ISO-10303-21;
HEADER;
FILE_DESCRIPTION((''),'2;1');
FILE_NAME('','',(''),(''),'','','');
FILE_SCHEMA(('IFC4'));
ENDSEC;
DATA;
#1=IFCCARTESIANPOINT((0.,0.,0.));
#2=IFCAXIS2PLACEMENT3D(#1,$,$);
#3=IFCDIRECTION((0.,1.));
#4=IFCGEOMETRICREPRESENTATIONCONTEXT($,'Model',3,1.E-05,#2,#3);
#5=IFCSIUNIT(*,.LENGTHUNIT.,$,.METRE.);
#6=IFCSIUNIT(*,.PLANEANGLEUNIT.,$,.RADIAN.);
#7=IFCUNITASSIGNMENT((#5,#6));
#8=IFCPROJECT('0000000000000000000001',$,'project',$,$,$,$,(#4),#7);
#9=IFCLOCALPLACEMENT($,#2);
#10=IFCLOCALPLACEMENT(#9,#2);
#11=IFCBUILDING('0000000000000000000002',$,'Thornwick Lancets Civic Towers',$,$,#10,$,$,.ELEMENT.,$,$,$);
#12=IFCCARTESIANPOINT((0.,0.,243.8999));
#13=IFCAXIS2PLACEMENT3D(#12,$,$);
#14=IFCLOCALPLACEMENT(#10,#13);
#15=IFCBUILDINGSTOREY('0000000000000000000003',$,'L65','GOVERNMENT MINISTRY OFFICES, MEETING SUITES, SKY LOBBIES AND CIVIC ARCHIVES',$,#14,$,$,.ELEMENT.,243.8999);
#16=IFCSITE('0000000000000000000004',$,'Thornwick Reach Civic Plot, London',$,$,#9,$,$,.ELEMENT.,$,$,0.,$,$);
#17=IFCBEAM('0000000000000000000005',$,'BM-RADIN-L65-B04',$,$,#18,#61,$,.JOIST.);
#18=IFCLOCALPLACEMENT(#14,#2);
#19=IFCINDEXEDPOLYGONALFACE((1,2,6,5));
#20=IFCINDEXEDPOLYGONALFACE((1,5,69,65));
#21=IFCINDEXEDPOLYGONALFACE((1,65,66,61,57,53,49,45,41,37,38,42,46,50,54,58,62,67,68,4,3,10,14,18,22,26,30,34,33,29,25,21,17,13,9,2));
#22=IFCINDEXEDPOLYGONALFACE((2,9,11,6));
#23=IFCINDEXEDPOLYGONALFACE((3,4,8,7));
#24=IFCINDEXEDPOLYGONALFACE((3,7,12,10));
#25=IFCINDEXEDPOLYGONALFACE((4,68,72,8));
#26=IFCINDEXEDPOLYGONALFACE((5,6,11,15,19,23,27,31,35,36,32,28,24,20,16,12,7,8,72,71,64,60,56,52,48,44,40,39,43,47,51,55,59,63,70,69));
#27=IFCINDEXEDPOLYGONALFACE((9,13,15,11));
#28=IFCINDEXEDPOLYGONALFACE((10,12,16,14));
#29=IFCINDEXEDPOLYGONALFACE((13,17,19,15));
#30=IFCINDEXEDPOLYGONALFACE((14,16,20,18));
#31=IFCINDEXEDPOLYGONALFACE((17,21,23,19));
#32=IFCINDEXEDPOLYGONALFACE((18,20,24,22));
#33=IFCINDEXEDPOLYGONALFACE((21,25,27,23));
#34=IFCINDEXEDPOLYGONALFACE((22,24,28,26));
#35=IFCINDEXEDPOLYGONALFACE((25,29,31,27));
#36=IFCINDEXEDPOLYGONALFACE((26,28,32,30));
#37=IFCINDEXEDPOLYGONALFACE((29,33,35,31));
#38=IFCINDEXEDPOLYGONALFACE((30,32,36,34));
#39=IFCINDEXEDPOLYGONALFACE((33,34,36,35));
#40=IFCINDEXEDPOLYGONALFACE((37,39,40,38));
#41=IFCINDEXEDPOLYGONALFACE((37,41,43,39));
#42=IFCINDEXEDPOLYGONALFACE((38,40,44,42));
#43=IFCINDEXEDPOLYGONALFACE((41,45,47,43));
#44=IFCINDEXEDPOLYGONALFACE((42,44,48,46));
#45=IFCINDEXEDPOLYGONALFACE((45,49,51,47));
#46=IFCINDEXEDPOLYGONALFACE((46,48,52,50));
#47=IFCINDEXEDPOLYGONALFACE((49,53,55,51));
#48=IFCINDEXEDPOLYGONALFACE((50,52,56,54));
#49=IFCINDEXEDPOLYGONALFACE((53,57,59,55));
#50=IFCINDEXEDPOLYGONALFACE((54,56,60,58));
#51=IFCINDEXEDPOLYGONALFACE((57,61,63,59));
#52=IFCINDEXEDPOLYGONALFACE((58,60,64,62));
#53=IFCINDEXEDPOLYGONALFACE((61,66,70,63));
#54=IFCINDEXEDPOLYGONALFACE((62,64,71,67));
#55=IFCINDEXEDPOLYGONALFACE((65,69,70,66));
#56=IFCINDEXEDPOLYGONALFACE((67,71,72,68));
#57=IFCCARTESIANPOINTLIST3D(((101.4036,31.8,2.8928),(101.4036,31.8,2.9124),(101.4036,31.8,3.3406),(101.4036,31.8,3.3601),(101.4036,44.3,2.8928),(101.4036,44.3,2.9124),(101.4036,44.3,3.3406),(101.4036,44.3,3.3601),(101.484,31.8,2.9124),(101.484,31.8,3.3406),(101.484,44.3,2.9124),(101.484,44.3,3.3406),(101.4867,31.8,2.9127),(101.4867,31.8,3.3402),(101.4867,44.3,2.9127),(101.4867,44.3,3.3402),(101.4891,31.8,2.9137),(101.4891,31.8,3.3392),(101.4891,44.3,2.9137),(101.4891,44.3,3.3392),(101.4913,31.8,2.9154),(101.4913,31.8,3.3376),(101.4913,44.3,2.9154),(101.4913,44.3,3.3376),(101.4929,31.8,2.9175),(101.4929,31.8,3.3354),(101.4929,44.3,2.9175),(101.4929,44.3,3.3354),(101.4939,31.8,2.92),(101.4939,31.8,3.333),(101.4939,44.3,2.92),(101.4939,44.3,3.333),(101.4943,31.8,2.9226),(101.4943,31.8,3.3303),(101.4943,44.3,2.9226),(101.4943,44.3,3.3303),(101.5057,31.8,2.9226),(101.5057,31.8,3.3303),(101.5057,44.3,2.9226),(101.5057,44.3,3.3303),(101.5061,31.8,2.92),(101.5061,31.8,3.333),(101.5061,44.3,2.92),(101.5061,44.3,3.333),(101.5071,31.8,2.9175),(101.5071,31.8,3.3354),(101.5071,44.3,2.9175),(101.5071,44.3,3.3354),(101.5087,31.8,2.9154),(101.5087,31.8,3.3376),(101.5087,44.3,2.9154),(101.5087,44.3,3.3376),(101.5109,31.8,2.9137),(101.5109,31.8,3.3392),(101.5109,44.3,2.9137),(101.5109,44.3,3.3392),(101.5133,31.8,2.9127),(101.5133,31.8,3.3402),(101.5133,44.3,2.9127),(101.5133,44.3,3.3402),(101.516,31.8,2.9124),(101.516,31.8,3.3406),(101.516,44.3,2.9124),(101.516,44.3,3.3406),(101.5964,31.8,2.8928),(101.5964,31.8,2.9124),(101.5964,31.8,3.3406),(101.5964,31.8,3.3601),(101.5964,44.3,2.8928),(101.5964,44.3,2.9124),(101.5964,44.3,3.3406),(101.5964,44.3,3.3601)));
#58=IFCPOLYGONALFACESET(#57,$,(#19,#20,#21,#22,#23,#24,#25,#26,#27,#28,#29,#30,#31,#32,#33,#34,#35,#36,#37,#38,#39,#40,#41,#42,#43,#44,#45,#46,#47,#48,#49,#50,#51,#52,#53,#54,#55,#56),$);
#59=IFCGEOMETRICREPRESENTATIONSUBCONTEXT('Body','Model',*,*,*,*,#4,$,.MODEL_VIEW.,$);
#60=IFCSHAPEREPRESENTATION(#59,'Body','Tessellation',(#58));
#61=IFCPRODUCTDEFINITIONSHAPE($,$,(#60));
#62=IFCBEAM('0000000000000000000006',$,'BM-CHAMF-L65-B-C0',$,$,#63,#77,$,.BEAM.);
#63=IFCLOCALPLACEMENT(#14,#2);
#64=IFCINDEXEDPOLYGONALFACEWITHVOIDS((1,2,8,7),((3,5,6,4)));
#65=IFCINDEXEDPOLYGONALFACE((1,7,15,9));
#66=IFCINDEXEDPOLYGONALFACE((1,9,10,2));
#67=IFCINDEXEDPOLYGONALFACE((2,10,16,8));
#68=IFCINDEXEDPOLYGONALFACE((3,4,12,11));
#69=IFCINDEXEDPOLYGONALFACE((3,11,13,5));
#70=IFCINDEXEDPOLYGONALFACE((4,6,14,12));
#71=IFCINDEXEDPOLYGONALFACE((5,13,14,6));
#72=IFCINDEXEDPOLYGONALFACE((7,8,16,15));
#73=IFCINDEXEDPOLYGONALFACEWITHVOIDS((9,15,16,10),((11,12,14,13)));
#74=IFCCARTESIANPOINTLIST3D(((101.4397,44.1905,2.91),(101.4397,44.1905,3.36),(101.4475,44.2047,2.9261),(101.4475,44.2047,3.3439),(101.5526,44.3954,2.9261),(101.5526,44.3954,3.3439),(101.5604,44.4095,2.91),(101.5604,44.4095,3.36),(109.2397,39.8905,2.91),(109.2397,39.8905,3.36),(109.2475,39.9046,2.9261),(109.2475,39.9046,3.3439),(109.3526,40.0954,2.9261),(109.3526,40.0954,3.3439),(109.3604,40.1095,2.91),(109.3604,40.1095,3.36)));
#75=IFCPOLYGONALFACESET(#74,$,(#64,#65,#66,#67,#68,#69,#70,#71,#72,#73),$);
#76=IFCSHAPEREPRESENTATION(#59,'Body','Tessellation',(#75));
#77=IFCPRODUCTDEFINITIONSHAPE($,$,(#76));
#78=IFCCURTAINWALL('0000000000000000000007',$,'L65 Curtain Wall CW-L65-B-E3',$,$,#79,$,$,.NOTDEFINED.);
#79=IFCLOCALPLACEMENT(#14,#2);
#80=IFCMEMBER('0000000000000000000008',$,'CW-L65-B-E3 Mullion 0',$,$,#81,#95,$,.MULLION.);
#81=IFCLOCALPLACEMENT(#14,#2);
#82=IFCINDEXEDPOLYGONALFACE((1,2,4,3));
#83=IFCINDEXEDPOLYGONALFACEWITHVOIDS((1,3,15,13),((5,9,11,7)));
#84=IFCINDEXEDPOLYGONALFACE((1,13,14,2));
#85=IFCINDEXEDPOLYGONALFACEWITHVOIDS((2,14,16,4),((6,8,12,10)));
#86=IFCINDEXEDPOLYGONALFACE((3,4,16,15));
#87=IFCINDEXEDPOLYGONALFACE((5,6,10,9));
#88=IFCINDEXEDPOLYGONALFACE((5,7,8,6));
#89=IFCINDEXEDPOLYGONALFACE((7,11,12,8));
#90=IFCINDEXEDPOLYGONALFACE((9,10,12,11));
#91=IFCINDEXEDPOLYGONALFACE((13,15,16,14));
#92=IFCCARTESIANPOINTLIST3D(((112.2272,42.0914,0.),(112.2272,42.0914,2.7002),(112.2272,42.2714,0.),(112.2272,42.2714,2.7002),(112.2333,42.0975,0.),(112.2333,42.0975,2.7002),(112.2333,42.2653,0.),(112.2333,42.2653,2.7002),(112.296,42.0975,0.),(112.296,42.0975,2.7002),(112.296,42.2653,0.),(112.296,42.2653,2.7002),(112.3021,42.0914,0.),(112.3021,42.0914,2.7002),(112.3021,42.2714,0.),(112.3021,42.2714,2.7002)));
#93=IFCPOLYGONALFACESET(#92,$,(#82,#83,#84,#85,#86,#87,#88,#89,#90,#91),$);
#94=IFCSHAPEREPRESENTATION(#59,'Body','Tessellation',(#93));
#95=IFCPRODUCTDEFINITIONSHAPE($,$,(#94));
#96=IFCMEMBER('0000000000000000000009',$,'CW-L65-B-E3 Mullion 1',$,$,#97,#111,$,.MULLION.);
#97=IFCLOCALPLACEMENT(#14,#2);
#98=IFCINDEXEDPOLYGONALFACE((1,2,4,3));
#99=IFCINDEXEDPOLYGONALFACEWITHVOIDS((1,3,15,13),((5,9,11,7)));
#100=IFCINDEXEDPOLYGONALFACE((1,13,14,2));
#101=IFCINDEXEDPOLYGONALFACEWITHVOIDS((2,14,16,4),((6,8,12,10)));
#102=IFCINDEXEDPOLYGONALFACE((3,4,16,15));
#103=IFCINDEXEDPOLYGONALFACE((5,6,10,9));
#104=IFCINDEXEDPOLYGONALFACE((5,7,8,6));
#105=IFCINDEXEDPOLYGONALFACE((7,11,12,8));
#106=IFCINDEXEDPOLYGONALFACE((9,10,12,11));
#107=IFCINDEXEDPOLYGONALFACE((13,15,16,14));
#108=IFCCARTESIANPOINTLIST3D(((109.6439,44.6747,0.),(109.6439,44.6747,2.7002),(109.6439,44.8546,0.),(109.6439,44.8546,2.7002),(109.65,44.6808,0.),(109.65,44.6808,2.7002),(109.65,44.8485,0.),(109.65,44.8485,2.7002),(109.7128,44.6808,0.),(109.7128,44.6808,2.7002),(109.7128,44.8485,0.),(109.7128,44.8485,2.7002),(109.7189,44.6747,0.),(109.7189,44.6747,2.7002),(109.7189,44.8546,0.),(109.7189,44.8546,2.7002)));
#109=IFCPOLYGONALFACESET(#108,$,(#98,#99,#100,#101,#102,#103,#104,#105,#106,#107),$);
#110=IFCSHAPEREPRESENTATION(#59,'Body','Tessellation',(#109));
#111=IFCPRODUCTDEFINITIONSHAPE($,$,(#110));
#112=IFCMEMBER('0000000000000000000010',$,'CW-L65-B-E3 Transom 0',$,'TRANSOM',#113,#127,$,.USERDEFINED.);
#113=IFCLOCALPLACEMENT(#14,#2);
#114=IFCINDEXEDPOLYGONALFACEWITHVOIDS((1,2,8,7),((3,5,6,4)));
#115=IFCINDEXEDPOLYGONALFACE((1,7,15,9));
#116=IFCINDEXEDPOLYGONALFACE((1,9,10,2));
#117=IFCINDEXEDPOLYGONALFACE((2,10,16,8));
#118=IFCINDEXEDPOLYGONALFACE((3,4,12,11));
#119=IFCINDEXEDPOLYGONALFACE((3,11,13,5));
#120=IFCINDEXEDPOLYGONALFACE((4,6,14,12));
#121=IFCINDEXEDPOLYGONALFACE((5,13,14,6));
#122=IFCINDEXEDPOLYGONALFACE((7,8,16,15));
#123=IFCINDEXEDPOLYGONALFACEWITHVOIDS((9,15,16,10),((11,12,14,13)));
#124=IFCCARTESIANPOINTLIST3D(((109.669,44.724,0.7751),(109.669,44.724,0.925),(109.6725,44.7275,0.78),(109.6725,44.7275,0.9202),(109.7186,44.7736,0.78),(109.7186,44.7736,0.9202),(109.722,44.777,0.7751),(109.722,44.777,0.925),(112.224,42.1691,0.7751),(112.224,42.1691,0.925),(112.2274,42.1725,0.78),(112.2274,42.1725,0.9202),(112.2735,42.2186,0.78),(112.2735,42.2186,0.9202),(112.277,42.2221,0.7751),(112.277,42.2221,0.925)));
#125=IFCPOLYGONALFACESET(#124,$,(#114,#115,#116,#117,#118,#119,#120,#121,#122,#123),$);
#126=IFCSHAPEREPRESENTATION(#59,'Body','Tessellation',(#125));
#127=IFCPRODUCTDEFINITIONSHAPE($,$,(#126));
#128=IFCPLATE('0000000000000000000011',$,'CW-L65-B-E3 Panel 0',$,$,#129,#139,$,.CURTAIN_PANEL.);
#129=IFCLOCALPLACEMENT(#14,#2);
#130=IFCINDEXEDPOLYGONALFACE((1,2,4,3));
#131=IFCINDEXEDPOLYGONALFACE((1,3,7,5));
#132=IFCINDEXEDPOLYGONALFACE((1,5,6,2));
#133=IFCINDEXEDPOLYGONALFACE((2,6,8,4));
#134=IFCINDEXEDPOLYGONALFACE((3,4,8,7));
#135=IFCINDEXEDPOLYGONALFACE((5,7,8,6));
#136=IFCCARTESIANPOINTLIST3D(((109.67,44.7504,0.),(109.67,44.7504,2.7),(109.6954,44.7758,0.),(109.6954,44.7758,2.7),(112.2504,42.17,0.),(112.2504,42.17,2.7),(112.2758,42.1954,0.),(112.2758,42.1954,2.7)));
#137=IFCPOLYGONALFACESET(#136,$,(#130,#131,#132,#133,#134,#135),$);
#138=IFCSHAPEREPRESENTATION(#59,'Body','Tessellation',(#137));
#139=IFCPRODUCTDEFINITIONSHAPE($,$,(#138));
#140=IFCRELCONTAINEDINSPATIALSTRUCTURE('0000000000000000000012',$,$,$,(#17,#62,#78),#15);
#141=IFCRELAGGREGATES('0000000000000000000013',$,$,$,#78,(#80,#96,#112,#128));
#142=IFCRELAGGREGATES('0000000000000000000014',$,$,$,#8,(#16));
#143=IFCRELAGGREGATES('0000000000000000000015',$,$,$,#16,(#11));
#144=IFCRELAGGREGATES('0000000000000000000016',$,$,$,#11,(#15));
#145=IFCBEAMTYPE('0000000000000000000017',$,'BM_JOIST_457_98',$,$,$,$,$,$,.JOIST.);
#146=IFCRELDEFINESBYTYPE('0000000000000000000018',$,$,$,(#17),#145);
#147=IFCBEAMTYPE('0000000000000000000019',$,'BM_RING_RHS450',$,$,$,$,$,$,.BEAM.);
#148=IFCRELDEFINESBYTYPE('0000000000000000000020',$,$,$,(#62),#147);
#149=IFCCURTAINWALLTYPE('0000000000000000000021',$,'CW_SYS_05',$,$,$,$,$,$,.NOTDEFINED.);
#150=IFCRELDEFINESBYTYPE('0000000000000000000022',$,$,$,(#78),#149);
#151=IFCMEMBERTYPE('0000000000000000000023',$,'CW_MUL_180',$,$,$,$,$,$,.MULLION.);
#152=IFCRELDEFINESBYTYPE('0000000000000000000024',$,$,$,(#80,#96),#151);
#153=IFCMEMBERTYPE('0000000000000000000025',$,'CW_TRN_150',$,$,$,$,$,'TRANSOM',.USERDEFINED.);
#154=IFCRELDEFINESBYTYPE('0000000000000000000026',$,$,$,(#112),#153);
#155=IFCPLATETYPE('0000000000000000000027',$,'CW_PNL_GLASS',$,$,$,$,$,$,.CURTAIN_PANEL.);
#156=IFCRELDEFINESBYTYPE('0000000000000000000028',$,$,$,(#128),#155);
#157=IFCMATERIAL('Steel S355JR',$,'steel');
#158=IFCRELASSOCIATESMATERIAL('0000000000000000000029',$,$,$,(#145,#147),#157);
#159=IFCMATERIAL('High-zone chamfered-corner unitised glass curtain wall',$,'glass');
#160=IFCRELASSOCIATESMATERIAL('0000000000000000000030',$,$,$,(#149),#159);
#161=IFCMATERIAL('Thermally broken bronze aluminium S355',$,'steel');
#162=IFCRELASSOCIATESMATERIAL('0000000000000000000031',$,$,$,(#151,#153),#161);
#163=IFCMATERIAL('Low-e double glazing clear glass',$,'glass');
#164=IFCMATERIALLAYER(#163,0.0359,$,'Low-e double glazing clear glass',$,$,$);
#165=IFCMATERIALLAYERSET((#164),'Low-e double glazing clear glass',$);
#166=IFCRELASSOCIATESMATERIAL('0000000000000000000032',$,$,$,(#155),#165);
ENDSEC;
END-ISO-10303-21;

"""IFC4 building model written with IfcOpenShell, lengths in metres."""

from ifc_helpers import new_model, si_unit, direction, frame, origin, origin_2d, place, context, subcontext, project, spatial, rectangle, hollow_rectangle, i_section, extrude, material, layer, layer_set, material_profile, profile_set, type_object, element, aggregate, save


model = new_model("IFC4")

# Units and contexts
model_context = context("Model", 3, precision=1e-05, world=origin(), true_north=direction((0.0, 1.0)))
body_context = subcontext(model_context, "Body", "Model", "MODEL_VIEW")
ifc_project = project(units=[si_unit("LENGTHUNIT", "METRE"), si_unit("PLANEANGLEUNIT", "RADIAN")], contexts=[model_context])

# Site, building, storey
site_placement = place(None, origin())
site = spatial("IfcSite", under=ifc_project, at=site_placement, Name="Thornwick Reach Civic Plot, London", CompositionType="ELEMENT", RefElevation=0.0)
building_placement = place(site_placement, origin())
building = spatial("IfcBuilding", under=site, at=building_placement, Name="Thornwick Lancets Civic Towers", CompositionType="ELEMENT")
storey_placement = place(building_placement, frame((0.0, 0.0, 243.8999)))
storey = spatial("IfcBuildingStorey", under=building, at=storey_placement, Name="L65", Description="GOVERNMENT MINISTRY OFFICES, MEETING SUITES, SKY LOBBIES AND CIVIC ARCHIVES", CompositionType="ELEMENT", Elevation=243.8999)

# Shared definitions
ifc_material_1 = material(Name="Steel S355JR", Category="steel")

# Beams
ifc_material_profile_1 = material_profile(ifc_material_1, i_section(OverallWidth=0.1929, OverallDepth=0.4673, WebThickness=0.0115, FlangeThickness=0.0195, FilletRadius=0.0103, at=origin_2d()), Name="UKB 457x191x98")
ifc_profile_set_1 = profile_set([ifc_material_profile_1], Name="Steel S355JR")
beam_type_1 = type_object("IfcBeamType", Name="BM_JOIST_457_98", PredefinedType="JOIST", material=ifc_profile_set_1)
beam_1_placement = place(storey_placement, frame((101.5, 31.8, 3.1265), z_axis=(0.0, 1.0, 0.0), x_axis=(-1.0, 0.0, 0.0)))
element("IfcBeam", 1, at=beam_1_placement, inside=storey, type_object=beam_type_1, Name="BM-RADIN-L65-B04", PredefinedType="JOIST", context=body_context, shape_type="SweptSolid", body=[
    extrude(i_section(OverallWidth=0.1929, OverallDepth=0.4673, WebThickness=0.0115, FlangeThickness=0.0195, FilletRadius=0.0103, at=origin_2d()), origin(), (0.0, 0.0, 1.0), 12.5),
])
ifc_material_profile_2 = material_profile(ifc_material_1, hollow_rectangle(XDim=0.25, YDim=0.45, WallThickness=0.0161, at=origin_2d()), Name="RHS 450x250x16")
ifc_profile_set_2 = profile_set([ifc_material_profile_2], Name="Steel S355JR")
beam_type_2 = type_object("IfcBeamType", Name="BM_RING_RHS450", PredefinedType="BEAM", material=ifc_profile_set_2)
beam_2_placement = place(storey_placement, frame((109.3, 40.0, 3.135), z_axis=(-0.87574, 0.482782, 0.0), x_axis=(-0.482782, -0.87574, 0.0)))
element("IfcBeam", 2, at=beam_2_placement, inside=storey, type_object=beam_type_2, Name="BM-CHAMF-L65-B-C0", PredefinedType="BEAM", context=body_context, shape_type="SweptSolid", body=[
    extrude(hollow_rectangle(XDim=0.25, YDim=0.45, WallThickness=0.0161, at=origin_2d()), origin(), (0.0, 0.0, 1.0), 8.9067),
])

# Curtain wall, members, plate
ifc_material_2 = material(Name="High-zone chamfered-corner unitised glass curtain wall", Category="glass")
curtain_wall_type = type_object("IfcCurtainWallType", Name="CW_SYS_05", PredefinedType="NOTDEFINED", material=ifc_material_2)
curtain_wall_placement = place(storey_placement, origin())
curtain_wall = element("IfcCurtainWall", 3, at=curtain_wall_placement, inside=storey, type_object=curtain_wall_type, Name="L65 Curtain Wall CW-L65-B-E3", PredefinedType="NOTDEFINED")
ifc_material_3 = material(Name="Thermally broken bronze aluminium S355", Category="steel")
ifc_material_profile_3 = material_profile(ifc_material_3, hollow_rectangle(XDim=0.075, YDim=0.1799, WallThickness=0.0061, at=origin_2d()), Name="RHS 180x75x6")
ifc_profile_set_3 = profile_set([ifc_material_profile_3], Name="Thermally broken bronze aluminium S355")
member_type_1 = type_object("IfcMemberType", Name="CW_MUL_180", PredefinedType="MULLION", material=ifc_profile_set_3)
member_1_placement = place(storey_placement, frame((112.2646, 42.1814, 0.0), z_axis=(0.0, 0.0, 1.0), x_axis=(1.0, 0.0, 0.0)))
member_1 = element("IfcMember", 4, at=member_1_placement, type_object=member_type_1, Name="CW-L65-B-E3 Mullion 0", PredefinedType="MULLION", context=body_context, shape_type="SweptSolid", body=[
    extrude(hollow_rectangle(XDim=0.075, YDim=0.1799, WallThickness=0.0061, at=origin_2d()), origin(), (0.0, 0.0, 1.0), 2.7002),
])
member_2_placement = place(storey_placement, frame((109.6814, 44.7646, 0.0), z_axis=(0.0, 0.0, 1.0), x_axis=(1.0, 0.0, 0.0)))
member_2 = element("IfcMember", 5, at=member_2_placement, type_object=member_type_1, Name="CW-L65-B-E3 Mullion 1", PredefinedType="MULLION", context=body_context, shape_type="SweptSolid", body=[
    extrude(hollow_rectangle(XDim=0.075, YDim=0.1799, WallThickness=0.0061, at=origin_2d()), origin(), (0.0, 0.0, 1.0), 2.7002),
])
ifc_material_profile_4 = material_profile(ifc_material_3, hollow_rectangle(XDim=0.075, YDim=0.1499, WallThickness=0.0049, at=origin_2d()), Name="RHS 150x75x5")
ifc_profile_set_4 = profile_set([ifc_material_profile_4], Name="Thermally broken bronze aluminium S355")
member_type_2 = type_object("IfcMemberType", Name="CW_TRN_150", ElementType="TRANSOM", PredefinedType="USERDEFINED", material=ifc_profile_set_4)
member_3_placement = place(storey_placement, frame((112.2505, 42.1956, 0.8501), z_axis=(-0.707107, 0.707107, 0.0), x_axis=(-0.707107, -0.707107, 0.0)))
member_3 = element("IfcMember", 6, at=member_3_placement, type_object=member_type_2, Name="CW-L65-B-E3 Transom 0", ObjectType="TRANSOM", PredefinedType="USERDEFINED", context=body_context, shape_type="SweptSolid", body=[
    extrude(hollow_rectangle(XDim=0.075, YDim=0.1499, WallThickness=0.0049, at=origin_2d()), origin(), (0.0, 0.0, 1.0), 3.6133),
])
ifc_material_4 = material(Name="Low-e double glazing clear glass", Category="glass")
ifc_layer_1 = layer(ifc_material_4, 0.0359, Name="Low-e double glazing clear glass")
ifc_layer_set_1 = layer_set([ifc_layer_1], Name="Low-e double glazing clear glass")
plate_type = type_object("IfcPlateType", Name="CW_PNL_GLASS", PredefinedType="CURTAIN_PANEL", material=ifc_layer_set_1)
plate_placement = place(storey_placement, frame((110.9729, 43.4729, 0.0), z_axis=(0.0, 0.0, 1.0), x_axis=(-0.707107, 0.707107, 0.0)))
plate = element("IfcPlate", 7, at=plate_placement, type_object=plate_type, Name="CW-L65-B-E3 Panel 0", PredefinedType="CURTAIN_PANEL", context=body_context, shape_type="SweptSolid", body=[
    extrude(rectangle(XDim=3.6492, YDim=0.0359, at=origin_2d()), origin(), (0.0, 0.0, 1.0), 2.7),
])
aggregate(curtain_wall, [member_1, member_2, member_3, plate])

save(model, "model.ifc")
